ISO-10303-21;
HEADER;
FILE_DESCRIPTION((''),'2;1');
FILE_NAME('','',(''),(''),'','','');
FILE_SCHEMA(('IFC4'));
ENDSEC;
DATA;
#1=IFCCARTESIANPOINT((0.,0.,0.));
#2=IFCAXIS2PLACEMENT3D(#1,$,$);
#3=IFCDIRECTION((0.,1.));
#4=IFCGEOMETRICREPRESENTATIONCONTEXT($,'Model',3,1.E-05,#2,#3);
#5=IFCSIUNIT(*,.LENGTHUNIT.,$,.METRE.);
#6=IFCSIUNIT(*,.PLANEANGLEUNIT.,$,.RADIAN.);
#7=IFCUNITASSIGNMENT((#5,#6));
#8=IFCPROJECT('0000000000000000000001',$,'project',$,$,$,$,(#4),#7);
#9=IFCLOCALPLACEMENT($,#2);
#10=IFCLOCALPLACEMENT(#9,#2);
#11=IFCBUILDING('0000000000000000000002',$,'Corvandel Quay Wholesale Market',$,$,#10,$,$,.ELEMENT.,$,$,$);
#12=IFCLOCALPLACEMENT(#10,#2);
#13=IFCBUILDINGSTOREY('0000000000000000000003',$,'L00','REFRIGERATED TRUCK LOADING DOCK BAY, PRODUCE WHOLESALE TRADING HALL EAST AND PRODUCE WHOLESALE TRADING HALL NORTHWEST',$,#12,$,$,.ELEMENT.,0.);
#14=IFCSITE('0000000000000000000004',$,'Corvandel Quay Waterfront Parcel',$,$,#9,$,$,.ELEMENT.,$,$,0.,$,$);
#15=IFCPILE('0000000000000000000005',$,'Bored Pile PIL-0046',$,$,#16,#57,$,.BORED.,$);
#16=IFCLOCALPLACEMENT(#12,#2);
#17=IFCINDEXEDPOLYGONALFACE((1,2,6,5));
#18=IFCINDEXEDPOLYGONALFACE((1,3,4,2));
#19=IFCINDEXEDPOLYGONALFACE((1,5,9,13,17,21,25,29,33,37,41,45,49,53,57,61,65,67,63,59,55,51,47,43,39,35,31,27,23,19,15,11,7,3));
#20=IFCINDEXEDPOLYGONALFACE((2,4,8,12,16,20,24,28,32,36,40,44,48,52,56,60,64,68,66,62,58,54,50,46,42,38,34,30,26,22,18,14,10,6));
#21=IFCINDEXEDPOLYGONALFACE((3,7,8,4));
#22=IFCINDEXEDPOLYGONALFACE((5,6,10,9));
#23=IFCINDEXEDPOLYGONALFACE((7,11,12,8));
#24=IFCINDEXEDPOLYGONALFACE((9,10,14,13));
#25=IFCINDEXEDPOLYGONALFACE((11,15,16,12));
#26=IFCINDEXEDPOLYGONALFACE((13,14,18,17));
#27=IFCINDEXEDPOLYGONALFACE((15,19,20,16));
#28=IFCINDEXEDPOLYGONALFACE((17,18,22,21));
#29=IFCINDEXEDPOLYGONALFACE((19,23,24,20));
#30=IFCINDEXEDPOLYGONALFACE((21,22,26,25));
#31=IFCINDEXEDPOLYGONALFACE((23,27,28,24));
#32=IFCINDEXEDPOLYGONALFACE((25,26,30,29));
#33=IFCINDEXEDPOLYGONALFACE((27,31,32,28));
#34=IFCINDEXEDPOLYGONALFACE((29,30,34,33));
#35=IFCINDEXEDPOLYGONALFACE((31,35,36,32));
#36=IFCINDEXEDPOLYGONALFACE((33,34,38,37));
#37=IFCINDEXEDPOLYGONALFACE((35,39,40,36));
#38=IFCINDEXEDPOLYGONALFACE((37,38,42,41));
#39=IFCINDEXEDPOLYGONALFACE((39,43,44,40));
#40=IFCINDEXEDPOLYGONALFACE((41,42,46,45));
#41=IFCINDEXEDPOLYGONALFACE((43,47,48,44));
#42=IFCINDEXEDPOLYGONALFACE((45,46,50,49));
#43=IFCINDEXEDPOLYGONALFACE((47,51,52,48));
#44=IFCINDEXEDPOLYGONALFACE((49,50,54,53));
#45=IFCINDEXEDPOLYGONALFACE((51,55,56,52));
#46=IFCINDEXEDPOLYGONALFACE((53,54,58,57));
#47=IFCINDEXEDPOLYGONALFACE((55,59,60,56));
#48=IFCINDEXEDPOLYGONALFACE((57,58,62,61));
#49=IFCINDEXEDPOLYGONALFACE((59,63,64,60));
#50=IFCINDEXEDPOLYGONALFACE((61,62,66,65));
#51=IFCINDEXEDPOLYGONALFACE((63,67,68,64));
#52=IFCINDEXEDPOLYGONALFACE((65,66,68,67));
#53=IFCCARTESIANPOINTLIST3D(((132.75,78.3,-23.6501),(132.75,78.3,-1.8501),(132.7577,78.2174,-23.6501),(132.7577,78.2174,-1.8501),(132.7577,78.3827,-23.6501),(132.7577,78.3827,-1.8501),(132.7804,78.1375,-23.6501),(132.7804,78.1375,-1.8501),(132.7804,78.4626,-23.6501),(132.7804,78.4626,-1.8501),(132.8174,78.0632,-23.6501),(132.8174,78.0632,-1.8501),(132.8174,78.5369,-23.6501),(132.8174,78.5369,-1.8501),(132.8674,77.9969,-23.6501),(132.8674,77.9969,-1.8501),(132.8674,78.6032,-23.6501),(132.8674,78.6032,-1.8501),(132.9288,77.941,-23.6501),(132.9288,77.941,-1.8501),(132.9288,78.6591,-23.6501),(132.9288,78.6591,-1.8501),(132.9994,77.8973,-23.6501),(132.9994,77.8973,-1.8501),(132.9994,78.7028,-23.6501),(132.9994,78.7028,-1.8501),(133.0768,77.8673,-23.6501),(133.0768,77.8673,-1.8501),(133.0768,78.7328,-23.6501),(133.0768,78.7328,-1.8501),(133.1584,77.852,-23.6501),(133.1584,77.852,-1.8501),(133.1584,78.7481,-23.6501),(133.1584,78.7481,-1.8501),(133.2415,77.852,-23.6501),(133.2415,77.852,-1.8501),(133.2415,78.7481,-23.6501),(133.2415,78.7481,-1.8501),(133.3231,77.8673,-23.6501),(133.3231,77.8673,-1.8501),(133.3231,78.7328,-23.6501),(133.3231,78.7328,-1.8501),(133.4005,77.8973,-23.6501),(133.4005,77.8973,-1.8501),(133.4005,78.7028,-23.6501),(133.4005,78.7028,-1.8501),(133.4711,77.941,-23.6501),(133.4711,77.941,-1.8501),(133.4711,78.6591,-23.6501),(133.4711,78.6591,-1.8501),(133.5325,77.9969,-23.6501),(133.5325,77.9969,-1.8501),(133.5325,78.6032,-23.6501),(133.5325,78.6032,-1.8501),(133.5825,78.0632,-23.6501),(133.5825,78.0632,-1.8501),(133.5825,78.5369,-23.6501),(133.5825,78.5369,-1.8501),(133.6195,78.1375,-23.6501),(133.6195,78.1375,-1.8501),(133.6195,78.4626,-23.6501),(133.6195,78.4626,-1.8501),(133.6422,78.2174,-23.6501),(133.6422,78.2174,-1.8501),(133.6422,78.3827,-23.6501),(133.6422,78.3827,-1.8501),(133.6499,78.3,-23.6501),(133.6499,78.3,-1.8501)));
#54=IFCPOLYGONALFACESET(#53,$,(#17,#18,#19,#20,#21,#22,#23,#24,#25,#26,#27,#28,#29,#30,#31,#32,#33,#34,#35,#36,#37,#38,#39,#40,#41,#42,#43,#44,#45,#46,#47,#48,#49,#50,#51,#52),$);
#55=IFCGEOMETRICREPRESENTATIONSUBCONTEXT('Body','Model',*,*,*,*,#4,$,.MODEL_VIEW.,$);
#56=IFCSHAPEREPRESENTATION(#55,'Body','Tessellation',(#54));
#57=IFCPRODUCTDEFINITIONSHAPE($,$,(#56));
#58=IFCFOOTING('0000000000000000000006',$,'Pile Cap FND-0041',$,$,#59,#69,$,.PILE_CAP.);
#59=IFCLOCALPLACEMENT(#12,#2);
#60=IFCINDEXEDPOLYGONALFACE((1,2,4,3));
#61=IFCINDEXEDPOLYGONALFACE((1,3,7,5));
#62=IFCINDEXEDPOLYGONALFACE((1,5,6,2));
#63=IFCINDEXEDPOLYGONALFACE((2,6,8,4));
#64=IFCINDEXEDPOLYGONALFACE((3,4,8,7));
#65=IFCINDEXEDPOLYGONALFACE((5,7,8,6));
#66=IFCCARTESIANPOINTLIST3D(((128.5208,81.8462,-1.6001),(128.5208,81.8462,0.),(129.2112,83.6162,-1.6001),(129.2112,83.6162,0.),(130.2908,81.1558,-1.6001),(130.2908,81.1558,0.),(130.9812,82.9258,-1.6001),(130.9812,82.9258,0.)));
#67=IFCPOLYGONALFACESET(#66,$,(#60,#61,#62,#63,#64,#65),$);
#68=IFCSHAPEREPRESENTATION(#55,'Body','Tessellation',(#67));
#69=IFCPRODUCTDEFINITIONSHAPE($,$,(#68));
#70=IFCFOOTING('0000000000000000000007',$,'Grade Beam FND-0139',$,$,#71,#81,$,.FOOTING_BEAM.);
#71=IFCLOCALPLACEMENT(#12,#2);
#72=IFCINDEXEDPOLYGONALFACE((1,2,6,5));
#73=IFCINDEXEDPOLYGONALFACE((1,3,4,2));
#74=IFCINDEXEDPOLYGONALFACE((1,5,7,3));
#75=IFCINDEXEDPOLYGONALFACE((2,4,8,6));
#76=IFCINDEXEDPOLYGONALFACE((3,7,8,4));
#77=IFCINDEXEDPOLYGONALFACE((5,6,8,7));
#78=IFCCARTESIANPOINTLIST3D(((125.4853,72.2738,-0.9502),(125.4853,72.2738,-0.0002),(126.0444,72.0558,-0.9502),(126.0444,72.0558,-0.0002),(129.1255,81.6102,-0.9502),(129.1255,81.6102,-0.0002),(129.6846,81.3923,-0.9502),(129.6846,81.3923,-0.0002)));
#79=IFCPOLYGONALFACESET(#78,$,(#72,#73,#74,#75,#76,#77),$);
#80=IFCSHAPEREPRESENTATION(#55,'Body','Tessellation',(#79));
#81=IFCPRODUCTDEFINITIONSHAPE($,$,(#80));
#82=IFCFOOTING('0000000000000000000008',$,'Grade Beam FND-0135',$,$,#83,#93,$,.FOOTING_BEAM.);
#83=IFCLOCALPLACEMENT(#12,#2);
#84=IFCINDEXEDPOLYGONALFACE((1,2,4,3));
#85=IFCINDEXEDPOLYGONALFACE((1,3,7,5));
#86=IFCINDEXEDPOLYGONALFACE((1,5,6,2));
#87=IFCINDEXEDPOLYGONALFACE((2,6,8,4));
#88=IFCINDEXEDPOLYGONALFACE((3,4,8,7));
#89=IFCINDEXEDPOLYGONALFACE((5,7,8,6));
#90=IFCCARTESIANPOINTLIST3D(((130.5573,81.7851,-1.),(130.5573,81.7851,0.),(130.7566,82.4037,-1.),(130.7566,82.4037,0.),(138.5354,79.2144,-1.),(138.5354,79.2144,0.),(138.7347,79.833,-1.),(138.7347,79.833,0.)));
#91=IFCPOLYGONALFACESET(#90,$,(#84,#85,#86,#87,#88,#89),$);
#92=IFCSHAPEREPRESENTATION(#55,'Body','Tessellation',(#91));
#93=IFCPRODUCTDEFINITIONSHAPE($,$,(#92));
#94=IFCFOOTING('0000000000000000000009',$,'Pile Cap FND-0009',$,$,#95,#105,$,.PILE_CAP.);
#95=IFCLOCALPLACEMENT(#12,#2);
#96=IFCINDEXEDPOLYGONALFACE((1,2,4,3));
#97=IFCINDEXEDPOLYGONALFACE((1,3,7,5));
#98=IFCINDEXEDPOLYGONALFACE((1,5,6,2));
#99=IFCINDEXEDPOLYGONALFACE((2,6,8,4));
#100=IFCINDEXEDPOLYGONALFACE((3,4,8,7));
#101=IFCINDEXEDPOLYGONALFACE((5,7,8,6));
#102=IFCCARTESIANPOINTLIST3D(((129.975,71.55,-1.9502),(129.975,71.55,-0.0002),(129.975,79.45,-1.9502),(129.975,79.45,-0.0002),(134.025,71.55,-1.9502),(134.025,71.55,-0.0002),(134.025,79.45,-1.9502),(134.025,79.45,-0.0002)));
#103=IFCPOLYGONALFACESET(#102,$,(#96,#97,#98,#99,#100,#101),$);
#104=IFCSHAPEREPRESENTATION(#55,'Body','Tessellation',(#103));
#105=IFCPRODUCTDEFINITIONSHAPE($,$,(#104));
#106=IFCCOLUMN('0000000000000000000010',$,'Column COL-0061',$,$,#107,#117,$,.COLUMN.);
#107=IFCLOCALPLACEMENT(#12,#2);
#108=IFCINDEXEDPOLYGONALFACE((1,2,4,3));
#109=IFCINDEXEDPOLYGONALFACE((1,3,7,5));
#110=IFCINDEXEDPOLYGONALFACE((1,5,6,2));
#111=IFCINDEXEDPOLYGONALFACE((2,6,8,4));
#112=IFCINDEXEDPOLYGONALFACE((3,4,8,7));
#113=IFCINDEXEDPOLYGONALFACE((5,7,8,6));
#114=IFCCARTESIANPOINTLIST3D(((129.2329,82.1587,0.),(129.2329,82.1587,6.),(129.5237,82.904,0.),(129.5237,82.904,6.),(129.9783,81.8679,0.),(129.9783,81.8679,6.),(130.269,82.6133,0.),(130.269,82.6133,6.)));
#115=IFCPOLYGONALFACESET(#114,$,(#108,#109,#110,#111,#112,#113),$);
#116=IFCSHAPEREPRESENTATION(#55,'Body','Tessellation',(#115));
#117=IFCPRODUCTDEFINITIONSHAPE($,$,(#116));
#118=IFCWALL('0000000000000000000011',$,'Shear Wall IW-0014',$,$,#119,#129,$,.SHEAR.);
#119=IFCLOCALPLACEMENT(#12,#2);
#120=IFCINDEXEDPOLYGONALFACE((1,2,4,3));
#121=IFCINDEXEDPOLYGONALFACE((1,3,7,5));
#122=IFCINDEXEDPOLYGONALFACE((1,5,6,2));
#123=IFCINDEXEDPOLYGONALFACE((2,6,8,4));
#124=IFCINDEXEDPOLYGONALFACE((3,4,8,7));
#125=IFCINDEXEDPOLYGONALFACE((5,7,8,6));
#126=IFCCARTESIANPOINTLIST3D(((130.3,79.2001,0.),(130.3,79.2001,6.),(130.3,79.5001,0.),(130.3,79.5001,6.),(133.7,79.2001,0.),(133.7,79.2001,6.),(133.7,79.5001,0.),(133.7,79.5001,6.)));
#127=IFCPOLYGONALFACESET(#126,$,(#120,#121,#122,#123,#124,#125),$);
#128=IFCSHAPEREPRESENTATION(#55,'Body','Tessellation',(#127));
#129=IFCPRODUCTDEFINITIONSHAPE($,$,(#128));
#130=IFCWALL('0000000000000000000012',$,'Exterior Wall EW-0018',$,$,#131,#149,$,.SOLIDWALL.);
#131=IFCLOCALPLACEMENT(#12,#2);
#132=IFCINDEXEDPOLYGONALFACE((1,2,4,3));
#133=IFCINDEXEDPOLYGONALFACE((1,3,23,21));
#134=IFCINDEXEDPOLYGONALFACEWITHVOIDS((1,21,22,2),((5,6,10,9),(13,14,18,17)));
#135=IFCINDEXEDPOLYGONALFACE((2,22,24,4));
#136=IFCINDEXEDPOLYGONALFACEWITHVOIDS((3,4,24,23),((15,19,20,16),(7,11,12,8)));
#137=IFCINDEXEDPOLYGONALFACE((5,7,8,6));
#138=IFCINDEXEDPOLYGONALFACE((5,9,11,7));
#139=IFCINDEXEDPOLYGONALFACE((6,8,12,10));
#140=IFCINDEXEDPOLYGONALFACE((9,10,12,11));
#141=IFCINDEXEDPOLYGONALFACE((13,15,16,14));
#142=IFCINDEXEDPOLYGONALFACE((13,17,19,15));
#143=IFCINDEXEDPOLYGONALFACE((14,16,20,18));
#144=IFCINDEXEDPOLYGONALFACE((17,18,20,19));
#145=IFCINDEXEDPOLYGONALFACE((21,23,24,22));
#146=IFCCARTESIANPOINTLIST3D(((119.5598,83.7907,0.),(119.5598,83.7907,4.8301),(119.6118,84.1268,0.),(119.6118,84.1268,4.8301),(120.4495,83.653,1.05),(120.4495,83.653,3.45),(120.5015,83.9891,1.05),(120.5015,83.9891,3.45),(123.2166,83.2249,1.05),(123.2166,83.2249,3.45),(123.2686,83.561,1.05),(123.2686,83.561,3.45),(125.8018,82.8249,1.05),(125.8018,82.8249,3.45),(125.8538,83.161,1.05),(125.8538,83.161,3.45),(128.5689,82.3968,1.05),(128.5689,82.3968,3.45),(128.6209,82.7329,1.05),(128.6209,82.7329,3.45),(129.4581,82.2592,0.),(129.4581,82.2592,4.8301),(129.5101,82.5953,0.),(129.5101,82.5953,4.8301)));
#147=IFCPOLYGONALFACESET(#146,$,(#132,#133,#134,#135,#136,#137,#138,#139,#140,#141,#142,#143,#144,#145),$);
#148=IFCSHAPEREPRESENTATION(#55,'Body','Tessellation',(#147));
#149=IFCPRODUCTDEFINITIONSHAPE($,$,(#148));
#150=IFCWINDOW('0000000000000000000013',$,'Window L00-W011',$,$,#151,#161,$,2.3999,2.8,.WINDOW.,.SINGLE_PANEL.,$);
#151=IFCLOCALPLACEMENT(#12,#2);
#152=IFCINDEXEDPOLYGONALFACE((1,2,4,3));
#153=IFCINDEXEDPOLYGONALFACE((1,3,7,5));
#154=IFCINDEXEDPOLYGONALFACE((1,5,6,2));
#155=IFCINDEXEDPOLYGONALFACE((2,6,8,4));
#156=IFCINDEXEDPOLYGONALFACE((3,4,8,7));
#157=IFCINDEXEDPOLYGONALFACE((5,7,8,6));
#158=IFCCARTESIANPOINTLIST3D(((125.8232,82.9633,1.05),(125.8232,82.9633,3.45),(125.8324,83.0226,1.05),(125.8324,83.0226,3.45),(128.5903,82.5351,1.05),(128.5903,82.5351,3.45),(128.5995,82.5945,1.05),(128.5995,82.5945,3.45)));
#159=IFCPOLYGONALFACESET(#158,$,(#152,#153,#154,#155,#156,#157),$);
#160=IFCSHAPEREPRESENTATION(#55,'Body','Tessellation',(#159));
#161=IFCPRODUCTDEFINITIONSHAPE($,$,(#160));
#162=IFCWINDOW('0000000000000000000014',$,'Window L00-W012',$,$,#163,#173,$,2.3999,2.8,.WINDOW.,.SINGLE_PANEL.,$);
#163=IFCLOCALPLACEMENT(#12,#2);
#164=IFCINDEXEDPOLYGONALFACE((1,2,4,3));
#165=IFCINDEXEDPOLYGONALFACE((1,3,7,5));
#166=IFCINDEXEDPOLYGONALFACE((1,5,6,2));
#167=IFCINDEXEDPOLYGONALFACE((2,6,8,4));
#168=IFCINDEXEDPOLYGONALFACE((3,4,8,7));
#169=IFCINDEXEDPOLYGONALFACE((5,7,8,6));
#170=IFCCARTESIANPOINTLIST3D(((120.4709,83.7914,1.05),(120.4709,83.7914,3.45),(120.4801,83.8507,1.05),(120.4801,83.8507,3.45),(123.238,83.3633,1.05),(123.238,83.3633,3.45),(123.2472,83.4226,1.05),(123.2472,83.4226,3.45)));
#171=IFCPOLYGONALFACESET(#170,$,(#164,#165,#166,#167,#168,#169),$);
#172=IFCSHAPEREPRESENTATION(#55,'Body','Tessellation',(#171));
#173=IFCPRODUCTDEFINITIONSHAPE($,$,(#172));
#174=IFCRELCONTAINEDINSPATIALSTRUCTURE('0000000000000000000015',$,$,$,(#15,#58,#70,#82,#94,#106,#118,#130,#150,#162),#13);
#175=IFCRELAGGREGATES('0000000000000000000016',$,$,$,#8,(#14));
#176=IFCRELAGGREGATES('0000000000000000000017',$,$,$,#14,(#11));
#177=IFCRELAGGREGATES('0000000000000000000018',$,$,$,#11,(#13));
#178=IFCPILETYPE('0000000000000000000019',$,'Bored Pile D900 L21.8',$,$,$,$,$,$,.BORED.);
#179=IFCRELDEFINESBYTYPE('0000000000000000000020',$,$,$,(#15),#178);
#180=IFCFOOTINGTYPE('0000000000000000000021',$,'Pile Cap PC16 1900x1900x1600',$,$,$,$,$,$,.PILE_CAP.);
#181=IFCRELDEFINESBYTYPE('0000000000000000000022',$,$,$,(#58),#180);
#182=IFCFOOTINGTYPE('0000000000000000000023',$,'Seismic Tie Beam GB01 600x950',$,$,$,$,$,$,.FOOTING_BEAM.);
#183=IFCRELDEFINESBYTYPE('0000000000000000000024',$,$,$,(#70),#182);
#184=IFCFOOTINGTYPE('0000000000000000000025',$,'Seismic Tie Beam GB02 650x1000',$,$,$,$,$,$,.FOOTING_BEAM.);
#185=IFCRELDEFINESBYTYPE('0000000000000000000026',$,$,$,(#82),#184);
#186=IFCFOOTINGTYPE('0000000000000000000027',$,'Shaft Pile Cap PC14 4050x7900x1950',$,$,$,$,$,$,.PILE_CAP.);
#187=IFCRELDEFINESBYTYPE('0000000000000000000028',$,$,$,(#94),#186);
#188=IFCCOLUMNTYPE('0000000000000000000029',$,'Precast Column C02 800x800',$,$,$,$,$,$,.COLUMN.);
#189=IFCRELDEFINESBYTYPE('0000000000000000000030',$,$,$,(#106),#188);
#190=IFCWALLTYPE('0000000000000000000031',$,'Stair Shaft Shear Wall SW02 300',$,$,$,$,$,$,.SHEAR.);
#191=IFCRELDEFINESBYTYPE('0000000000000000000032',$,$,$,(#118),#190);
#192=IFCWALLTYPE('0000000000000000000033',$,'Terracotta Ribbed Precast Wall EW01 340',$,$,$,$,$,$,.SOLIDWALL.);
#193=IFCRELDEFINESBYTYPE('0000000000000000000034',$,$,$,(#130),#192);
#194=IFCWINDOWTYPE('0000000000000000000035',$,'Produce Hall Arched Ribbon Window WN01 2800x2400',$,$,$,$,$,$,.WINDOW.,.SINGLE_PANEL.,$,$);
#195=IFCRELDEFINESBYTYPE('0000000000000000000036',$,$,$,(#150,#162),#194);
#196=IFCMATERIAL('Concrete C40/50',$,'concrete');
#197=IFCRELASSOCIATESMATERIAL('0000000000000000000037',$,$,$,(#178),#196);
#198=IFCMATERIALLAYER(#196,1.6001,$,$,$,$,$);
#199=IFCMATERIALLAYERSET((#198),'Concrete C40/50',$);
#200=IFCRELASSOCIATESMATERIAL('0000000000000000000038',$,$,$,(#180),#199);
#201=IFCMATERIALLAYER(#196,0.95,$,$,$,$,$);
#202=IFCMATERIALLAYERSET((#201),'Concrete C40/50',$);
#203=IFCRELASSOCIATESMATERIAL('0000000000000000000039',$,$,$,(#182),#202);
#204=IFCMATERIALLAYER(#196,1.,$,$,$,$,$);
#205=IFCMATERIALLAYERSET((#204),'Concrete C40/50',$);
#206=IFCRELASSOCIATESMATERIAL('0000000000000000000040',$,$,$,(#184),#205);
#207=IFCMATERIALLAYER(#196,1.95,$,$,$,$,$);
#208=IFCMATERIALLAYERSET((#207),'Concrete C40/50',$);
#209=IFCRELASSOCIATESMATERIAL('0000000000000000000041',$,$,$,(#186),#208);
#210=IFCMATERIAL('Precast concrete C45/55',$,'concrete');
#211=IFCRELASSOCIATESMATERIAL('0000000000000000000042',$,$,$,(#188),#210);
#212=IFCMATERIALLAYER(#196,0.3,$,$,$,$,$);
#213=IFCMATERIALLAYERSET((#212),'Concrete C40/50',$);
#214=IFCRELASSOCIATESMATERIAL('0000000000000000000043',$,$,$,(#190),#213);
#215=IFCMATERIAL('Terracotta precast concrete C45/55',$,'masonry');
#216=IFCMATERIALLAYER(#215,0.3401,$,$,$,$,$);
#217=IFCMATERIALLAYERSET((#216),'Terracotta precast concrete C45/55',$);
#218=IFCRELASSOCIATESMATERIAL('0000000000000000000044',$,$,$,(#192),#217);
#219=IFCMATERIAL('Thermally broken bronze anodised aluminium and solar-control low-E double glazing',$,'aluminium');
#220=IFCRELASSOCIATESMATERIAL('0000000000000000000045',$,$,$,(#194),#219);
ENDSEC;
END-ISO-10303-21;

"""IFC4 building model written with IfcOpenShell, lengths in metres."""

from ifc_helpers import new_model, si_unit, direction, frame, frame_2d, origin, origin_2d, place, context, subcontext, project, spatial, rectangle, circle, extrude, material, layer, layer_set, material_profile, profile_set, type_object, element, fill, save


model = new_model("IFC4")

# Units and contexts
model_context = context("Model", 3, precision=1e-05, world=origin(), true_north=direction((0.0, 1.0)))
body_context = subcontext(model_context, "Body", "Model", "MODEL_VIEW")
ifc_project = project(units=[si_unit("LENGTHUNIT", "METRE"), si_unit("PLANEANGLEUNIT", "RADIAN")], contexts=[model_context])

# Site, building, storey
site_placement = place(None, origin())
site = spatial("IfcSite", under=ifc_project, at=site_placement, Name="Corvandel Quay Waterfront Parcel", CompositionType="ELEMENT", RefElevation=0.0)
building_placement = place(site_placement, origin())
building = spatial("IfcBuilding", under=site, at=building_placement, Name="Corvandel Quay Wholesale Market", CompositionType="ELEMENT")
storey_placement = place(building_placement, origin())
storey = spatial("IfcBuildingStorey", under=building, at=storey_placement, Name="L00", Description="REFRIGERATED TRUCK LOADING DOCK BAY, PRODUCE WHOLESALE TRADING HALL EAST AND PRODUCE WHOLESALE TRADING HALL NORTHWEST", CompositionType="ELEMENT", Elevation=0.0)

# Pile
ifc_material_1 = material(Name="Concrete C40/50", Category="concrete")
ifc_material_profile_1 = material_profile(ifc_material_1, circle(Radius=0.45, at=origin_2d()), Name="RC-PILE-D900")
ifc_profile_set_1 = profile_set([ifc_material_profile_1], Name="Concrete C40/50")
pile_type_1 = type_object("IfcPileType", Name="Bored Pile D900 L21.8", PredefinedType="BORED", material=ifc_profile_set_1)
for number, where, z_axis, x_axis, name in (
    (1, (133.2, 78.3, -1.8501), (0.0, 0.0, -1.0), (1.0, 0.0, 0.0), "Bored Pile PIL-0046"),
):
    element("IfcPile", number, at=place(storey_placement, frame(where, z_axis=z_axis, x_axis=x_axis)), inside=storey, type_object=pile_type_1, Name=name, PredefinedType="BORED", context=body_context, shape_type="SweptSolid", body=[
        extrude(circle(Radius=0.45, at=origin_2d()), origin(), (0.0, 0.0, 1.0), 21.8),
    ])

# Footings
ifc_layer_1 = layer(ifc_material_1, 1.6001)
ifc_layer_set_1 = layer_set([ifc_layer_1], Name="Concrete C40/50")
footing_type_1 = type_object("IfcFootingType", Name="Pile Cap PC16 1900x1900x1600", PredefinedType="PILE_CAP", material=ifc_layer_set_1)
footing_1_placement = place(storey_placement, frame((129.751, 82.386, -1.6001), z_axis=(0.0, 0.0, 1.0), x_axis=(-0.931628, 0.363414, 0.0)))
element("IfcFooting", 2, at=footing_1_placement, inside=storey, type_object=footing_type_1, Name="Pile Cap FND-0041", PredefinedType="PILE_CAP", context=body_context, shape_type="SweptSolid", body=[
    extrude(rectangle(XDim=1.8999, YDim=1.8999, at=origin_2d()), origin(), (0.0, 0.0, 1.0), 1.6001),
])
ifc_layer_2 = layer(ifc_material_1, 0.95)
ifc_layer_set_2 = layer_set([ifc_layer_2], Name="Concrete C40/50")
footing_type_2 = type_object("IfcFootingType", Name="Seismic Tie Beam GB01 600x950", PredefinedType="FOOTING_BEAM", material=ifc_layer_set_2)
footing_2_placement = place(storey_placement, frame((127.585, 76.833, -0.9502), z_axis=(0.0, 0.0, 1.0), x_axis=(0.363251, 0.931691, 0.0)))
element("IfcFooting", 3, at=footing_2_placement, inside=storey, type_object=footing_type_2, Name="Grade Beam FND-0139", PredefinedType="FOOTING_BEAM", context=body_context, shape_type="SweptSolid", body=[
    extrude(rectangle(XDim=10.021, YDim=0.6001, at=origin_2d()), origin(), (0.0, 0.0, 1.0), 0.95),
])
ifc_layer_3 = layer(ifc_material_1, 1.0)
ifc_layer_set_3 = layer_set([ifc_layer_3], Name="Concrete C40/50")
footing_type_3 = type_object("IfcFootingType", Name="Seismic Tie Beam GB02 650x1000", PredefinedType="FOOTING_BEAM", material=ifc_layer_set_3)
footing_3_placement = place(storey_placement, frame((134.646, 80.8091, -1.0), z_axis=(0.0, 0.0, 1.0), x_axis=(-0.951809, 0.306692, 0.0)))
element("IfcFooting", 4, at=footing_3_placement, inside=storey, type_object=footing_type_3, Name="Grade Beam FND-0135", PredefinedType="FOOTING_BEAM", context=body_context, shape_type="SweptSolid", body=[
    extrude(rectangle(XDim=8.3821, YDim=0.6499, at=origin_2d()), origin(), (0.0, 0.0, 1.0), 1.0),
])
ifc_layer_4 = layer(ifc_material_1, 1.95)
ifc_layer_set_4 = layer_set([ifc_layer_4], Name="Concrete C40/50")
footing_type_4 = type_object("IfcFootingType", Name="Shaft Pile Cap PC14 4050x7900x1950", PredefinedType="PILE_CAP", material=ifc_layer_set_4)
footing_4_placement = place(storey_placement, frame((132.0, 75.5, -1.9502), z_axis=(0.0, 0.0, 1.0), x_axis=(1.0, 0.0, 0.0)))
element("IfcFooting", 5, at=footing_4_placement, inside=storey, type_object=footing_type_4, Name="Pile Cap FND-0009", PredefinedType="PILE_CAP", context=body_context, shape_type="SweptSolid", body=[
    extrude(rectangle(XDim=4.05, YDim=7.8999, at=origin_2d()), origin(), (0.0, 0.0, 1.0), 1.95),
])

# Column
ifc_material_2 = material(Name="Precast concrete C45/55", Category="concrete")
ifc_material_profile_2 = material_profile(ifc_material_2, rectangle(XDim=0.8, YDim=0.8, at=origin_2d()), Name="PC-COL-800x800")
ifc_profile_set_2 = profile_set([ifc_material_profile_2], Name="Precast concrete C45/55")
column_type = type_object("IfcColumnType", Name="Precast Column C02 800x800", PredefinedType="COLUMN", material=ifc_profile_set_2)
column_placement = place(storey_placement, frame((129.751, 82.386, 0.0), z_axis=(0.0, 0.0, 1.0), x_axis=(-0.931628, 0.363414, 0.0)))
element("IfcColumn", 6, at=column_placement, inside=storey, type_object=column_type, Name="Column COL-0061", PredefinedType="COLUMN", context=body_context, shape_type="SweptSolid", body=[
    extrude(rectangle(XDim=0.8, YDim=0.8, at=origin_2d()), origin(), (0.0, 0.0, 1.0), 6.0),
])

# Wall
ifc_layer_5 = layer(ifc_material_1, 0.3)
ifc_layer_set_5 = layer_set([ifc_layer_5], Name="Concrete C40/50")
wall_type_1 = type_object("IfcWallType", Name="Stair Shaft Shear Wall SW02 300", PredefinedType="SHEAR", material=ifc_layer_set_5)
wall_1_placement = place(storey_placement, frame((130.3, 79.3501, 0.0), z_axis=(0.0, 0.0, 1.0), x_axis=(1.0, 0.0, 0.0)))
element("IfcWall", 7, at=wall_1_placement, inside=storey, type_object=wall_type_1, Name="Shear Wall IW-0014", PredefinedType="SHEAR", context=body_context, shape_type="SweptSolid", body=[
    extrude(rectangle(XDim=3.3999, YDim=0.3, at=frame_2d((1.7, 0.0))), origin(), (0.0, 0.0, 1.0), 6.0),
])

# Wall, openings, windows
ifc_material_3 = material(Name="Terracotta precast concrete C45/55", Category="masonry")
ifc_layer_6 = layer(ifc_material_3, 0.3401)
ifc_layer_set_6 = layer_set([ifc_layer_6], Name="Terracotta precast concrete C45/55")
wall_type_2 = type_object("IfcWallType", Name="Terracotta Ribbed Precast Wall EW01 340", PredefinedType="SOLIDWALL", material=ifc_layer_set_6)
wall_2_placement = place(storey_placement, frame((129.4841, 82.4272, 0.0), z_axis=(0.0, 0.0, 1.0), x_axis=(-0.988241, 0.152902, 0.0)))
wall_2 = element("IfcWall", 8, at=wall_2_placement, inside=storey, type_object=wall_type_2, Name="Exterior Wall EW-0018", PredefinedType="SOLIDWALL", context=body_context, shape_type="SweptSolid", body=[
    extrude(rectangle(XDim=10.0161, YDim=0.3401, at=frame_2d((5.0081, 0.0))), origin(), (0.0, 0.0, 1.0), 4.8301),
])
opening_1_placement = place(wall_2_placement, frame((0.8999, 0.0, 1.05)))
opening_1 = element("IfcOpeningElement", 9, at=opening_1_placement, cuts=wall_2, PredefinedType="OPENING", context=body_context, shape_type="SweptSolid", body=[
    extrude(rectangle(XDim=2.8, YDim=2.3999, at=frame_2d((1.3999, 1.2))), frame((0.0, 0.1799, 0.0), z_axis=(0.0, -1.0, 0.0), x_axis=(1.0, 0.0, 0.0)), (0.0, 0.0, 1.0), 0.3601),
])
opening_2_placement = place(wall_2_placement, frame((6.3159, 0.0, 1.05)))
opening_2 = element("IfcOpeningElement", 10, at=opening_2_placement, cuts=wall_2, PredefinedType="OPENING", context=body_context, shape_type="SweptSolid", body=[
    extrude(rectangle(XDim=2.8, YDim=2.3999, at=frame_2d((1.3999, 1.2))), frame((0.0, 0.1799, 0.0), z_axis=(0.0, -1.0, 0.0), x_axis=(1.0, 0.0, 0.0)), (0.0, 0.0, 1.0), 0.3601),
])
ifc_material_4 = material(Name="Thermally broken bronze anodised aluminium and solar-control low-E double glazing", Category="aluminium")
window_type = type_object("IfcWindowType", Name="Produce Hall Arched Ribbon Window WN01 2800x2400", PartitioningType="SINGLE_PANEL", PredefinedType="WINDOW", material=ifc_material_4)
window_1_placement = place(opening_1_placement, origin())
window_1 = element("IfcWindow", 11, at=window_1_placement, inside=storey, type_object=window_type, Name="Window L00-W011", OverallHeight=2.3999, OverallWidth=2.8, PartitioningType="SINGLE_PANEL", PredefinedType="WINDOW", context=body_context, shape_type="SweptSolid", body=[
    extrude(rectangle(XDim=2.8, YDim=2.3999, at=frame_2d((1.3999, 1.2))), frame((0.0, 0.03, 0.0), z_axis=(0.0, -1.0, 0.0), x_axis=(1.0, 0.0, 0.0)), (0.0, 0.0, 1.0), 0.0601),
])
fill(opening_1, window_1)
window_2_placement = place(opening_2_placement, origin())
window_2 = element("IfcWindow", 12, at=window_2_placement, inside=storey, type_object=window_type, Name="Window L00-W012", OverallHeight=2.3999, OverallWidth=2.8, PartitioningType="SINGLE_PANEL", PredefinedType="WINDOW", context=body_context, shape_type="SweptSolid", body=[
    extrude(rectangle(XDim=2.8, YDim=2.3999, at=frame_2d((1.3999, 1.2))), frame((0.0, 0.03, 0.0), z_axis=(0.0, -1.0, 0.0), x_axis=(1.0, 0.0, 0.0)), (0.0, 0.0, 1.0), 0.0601),
])
fill(opening_2, window_2)

save(model, "model.ifc")
